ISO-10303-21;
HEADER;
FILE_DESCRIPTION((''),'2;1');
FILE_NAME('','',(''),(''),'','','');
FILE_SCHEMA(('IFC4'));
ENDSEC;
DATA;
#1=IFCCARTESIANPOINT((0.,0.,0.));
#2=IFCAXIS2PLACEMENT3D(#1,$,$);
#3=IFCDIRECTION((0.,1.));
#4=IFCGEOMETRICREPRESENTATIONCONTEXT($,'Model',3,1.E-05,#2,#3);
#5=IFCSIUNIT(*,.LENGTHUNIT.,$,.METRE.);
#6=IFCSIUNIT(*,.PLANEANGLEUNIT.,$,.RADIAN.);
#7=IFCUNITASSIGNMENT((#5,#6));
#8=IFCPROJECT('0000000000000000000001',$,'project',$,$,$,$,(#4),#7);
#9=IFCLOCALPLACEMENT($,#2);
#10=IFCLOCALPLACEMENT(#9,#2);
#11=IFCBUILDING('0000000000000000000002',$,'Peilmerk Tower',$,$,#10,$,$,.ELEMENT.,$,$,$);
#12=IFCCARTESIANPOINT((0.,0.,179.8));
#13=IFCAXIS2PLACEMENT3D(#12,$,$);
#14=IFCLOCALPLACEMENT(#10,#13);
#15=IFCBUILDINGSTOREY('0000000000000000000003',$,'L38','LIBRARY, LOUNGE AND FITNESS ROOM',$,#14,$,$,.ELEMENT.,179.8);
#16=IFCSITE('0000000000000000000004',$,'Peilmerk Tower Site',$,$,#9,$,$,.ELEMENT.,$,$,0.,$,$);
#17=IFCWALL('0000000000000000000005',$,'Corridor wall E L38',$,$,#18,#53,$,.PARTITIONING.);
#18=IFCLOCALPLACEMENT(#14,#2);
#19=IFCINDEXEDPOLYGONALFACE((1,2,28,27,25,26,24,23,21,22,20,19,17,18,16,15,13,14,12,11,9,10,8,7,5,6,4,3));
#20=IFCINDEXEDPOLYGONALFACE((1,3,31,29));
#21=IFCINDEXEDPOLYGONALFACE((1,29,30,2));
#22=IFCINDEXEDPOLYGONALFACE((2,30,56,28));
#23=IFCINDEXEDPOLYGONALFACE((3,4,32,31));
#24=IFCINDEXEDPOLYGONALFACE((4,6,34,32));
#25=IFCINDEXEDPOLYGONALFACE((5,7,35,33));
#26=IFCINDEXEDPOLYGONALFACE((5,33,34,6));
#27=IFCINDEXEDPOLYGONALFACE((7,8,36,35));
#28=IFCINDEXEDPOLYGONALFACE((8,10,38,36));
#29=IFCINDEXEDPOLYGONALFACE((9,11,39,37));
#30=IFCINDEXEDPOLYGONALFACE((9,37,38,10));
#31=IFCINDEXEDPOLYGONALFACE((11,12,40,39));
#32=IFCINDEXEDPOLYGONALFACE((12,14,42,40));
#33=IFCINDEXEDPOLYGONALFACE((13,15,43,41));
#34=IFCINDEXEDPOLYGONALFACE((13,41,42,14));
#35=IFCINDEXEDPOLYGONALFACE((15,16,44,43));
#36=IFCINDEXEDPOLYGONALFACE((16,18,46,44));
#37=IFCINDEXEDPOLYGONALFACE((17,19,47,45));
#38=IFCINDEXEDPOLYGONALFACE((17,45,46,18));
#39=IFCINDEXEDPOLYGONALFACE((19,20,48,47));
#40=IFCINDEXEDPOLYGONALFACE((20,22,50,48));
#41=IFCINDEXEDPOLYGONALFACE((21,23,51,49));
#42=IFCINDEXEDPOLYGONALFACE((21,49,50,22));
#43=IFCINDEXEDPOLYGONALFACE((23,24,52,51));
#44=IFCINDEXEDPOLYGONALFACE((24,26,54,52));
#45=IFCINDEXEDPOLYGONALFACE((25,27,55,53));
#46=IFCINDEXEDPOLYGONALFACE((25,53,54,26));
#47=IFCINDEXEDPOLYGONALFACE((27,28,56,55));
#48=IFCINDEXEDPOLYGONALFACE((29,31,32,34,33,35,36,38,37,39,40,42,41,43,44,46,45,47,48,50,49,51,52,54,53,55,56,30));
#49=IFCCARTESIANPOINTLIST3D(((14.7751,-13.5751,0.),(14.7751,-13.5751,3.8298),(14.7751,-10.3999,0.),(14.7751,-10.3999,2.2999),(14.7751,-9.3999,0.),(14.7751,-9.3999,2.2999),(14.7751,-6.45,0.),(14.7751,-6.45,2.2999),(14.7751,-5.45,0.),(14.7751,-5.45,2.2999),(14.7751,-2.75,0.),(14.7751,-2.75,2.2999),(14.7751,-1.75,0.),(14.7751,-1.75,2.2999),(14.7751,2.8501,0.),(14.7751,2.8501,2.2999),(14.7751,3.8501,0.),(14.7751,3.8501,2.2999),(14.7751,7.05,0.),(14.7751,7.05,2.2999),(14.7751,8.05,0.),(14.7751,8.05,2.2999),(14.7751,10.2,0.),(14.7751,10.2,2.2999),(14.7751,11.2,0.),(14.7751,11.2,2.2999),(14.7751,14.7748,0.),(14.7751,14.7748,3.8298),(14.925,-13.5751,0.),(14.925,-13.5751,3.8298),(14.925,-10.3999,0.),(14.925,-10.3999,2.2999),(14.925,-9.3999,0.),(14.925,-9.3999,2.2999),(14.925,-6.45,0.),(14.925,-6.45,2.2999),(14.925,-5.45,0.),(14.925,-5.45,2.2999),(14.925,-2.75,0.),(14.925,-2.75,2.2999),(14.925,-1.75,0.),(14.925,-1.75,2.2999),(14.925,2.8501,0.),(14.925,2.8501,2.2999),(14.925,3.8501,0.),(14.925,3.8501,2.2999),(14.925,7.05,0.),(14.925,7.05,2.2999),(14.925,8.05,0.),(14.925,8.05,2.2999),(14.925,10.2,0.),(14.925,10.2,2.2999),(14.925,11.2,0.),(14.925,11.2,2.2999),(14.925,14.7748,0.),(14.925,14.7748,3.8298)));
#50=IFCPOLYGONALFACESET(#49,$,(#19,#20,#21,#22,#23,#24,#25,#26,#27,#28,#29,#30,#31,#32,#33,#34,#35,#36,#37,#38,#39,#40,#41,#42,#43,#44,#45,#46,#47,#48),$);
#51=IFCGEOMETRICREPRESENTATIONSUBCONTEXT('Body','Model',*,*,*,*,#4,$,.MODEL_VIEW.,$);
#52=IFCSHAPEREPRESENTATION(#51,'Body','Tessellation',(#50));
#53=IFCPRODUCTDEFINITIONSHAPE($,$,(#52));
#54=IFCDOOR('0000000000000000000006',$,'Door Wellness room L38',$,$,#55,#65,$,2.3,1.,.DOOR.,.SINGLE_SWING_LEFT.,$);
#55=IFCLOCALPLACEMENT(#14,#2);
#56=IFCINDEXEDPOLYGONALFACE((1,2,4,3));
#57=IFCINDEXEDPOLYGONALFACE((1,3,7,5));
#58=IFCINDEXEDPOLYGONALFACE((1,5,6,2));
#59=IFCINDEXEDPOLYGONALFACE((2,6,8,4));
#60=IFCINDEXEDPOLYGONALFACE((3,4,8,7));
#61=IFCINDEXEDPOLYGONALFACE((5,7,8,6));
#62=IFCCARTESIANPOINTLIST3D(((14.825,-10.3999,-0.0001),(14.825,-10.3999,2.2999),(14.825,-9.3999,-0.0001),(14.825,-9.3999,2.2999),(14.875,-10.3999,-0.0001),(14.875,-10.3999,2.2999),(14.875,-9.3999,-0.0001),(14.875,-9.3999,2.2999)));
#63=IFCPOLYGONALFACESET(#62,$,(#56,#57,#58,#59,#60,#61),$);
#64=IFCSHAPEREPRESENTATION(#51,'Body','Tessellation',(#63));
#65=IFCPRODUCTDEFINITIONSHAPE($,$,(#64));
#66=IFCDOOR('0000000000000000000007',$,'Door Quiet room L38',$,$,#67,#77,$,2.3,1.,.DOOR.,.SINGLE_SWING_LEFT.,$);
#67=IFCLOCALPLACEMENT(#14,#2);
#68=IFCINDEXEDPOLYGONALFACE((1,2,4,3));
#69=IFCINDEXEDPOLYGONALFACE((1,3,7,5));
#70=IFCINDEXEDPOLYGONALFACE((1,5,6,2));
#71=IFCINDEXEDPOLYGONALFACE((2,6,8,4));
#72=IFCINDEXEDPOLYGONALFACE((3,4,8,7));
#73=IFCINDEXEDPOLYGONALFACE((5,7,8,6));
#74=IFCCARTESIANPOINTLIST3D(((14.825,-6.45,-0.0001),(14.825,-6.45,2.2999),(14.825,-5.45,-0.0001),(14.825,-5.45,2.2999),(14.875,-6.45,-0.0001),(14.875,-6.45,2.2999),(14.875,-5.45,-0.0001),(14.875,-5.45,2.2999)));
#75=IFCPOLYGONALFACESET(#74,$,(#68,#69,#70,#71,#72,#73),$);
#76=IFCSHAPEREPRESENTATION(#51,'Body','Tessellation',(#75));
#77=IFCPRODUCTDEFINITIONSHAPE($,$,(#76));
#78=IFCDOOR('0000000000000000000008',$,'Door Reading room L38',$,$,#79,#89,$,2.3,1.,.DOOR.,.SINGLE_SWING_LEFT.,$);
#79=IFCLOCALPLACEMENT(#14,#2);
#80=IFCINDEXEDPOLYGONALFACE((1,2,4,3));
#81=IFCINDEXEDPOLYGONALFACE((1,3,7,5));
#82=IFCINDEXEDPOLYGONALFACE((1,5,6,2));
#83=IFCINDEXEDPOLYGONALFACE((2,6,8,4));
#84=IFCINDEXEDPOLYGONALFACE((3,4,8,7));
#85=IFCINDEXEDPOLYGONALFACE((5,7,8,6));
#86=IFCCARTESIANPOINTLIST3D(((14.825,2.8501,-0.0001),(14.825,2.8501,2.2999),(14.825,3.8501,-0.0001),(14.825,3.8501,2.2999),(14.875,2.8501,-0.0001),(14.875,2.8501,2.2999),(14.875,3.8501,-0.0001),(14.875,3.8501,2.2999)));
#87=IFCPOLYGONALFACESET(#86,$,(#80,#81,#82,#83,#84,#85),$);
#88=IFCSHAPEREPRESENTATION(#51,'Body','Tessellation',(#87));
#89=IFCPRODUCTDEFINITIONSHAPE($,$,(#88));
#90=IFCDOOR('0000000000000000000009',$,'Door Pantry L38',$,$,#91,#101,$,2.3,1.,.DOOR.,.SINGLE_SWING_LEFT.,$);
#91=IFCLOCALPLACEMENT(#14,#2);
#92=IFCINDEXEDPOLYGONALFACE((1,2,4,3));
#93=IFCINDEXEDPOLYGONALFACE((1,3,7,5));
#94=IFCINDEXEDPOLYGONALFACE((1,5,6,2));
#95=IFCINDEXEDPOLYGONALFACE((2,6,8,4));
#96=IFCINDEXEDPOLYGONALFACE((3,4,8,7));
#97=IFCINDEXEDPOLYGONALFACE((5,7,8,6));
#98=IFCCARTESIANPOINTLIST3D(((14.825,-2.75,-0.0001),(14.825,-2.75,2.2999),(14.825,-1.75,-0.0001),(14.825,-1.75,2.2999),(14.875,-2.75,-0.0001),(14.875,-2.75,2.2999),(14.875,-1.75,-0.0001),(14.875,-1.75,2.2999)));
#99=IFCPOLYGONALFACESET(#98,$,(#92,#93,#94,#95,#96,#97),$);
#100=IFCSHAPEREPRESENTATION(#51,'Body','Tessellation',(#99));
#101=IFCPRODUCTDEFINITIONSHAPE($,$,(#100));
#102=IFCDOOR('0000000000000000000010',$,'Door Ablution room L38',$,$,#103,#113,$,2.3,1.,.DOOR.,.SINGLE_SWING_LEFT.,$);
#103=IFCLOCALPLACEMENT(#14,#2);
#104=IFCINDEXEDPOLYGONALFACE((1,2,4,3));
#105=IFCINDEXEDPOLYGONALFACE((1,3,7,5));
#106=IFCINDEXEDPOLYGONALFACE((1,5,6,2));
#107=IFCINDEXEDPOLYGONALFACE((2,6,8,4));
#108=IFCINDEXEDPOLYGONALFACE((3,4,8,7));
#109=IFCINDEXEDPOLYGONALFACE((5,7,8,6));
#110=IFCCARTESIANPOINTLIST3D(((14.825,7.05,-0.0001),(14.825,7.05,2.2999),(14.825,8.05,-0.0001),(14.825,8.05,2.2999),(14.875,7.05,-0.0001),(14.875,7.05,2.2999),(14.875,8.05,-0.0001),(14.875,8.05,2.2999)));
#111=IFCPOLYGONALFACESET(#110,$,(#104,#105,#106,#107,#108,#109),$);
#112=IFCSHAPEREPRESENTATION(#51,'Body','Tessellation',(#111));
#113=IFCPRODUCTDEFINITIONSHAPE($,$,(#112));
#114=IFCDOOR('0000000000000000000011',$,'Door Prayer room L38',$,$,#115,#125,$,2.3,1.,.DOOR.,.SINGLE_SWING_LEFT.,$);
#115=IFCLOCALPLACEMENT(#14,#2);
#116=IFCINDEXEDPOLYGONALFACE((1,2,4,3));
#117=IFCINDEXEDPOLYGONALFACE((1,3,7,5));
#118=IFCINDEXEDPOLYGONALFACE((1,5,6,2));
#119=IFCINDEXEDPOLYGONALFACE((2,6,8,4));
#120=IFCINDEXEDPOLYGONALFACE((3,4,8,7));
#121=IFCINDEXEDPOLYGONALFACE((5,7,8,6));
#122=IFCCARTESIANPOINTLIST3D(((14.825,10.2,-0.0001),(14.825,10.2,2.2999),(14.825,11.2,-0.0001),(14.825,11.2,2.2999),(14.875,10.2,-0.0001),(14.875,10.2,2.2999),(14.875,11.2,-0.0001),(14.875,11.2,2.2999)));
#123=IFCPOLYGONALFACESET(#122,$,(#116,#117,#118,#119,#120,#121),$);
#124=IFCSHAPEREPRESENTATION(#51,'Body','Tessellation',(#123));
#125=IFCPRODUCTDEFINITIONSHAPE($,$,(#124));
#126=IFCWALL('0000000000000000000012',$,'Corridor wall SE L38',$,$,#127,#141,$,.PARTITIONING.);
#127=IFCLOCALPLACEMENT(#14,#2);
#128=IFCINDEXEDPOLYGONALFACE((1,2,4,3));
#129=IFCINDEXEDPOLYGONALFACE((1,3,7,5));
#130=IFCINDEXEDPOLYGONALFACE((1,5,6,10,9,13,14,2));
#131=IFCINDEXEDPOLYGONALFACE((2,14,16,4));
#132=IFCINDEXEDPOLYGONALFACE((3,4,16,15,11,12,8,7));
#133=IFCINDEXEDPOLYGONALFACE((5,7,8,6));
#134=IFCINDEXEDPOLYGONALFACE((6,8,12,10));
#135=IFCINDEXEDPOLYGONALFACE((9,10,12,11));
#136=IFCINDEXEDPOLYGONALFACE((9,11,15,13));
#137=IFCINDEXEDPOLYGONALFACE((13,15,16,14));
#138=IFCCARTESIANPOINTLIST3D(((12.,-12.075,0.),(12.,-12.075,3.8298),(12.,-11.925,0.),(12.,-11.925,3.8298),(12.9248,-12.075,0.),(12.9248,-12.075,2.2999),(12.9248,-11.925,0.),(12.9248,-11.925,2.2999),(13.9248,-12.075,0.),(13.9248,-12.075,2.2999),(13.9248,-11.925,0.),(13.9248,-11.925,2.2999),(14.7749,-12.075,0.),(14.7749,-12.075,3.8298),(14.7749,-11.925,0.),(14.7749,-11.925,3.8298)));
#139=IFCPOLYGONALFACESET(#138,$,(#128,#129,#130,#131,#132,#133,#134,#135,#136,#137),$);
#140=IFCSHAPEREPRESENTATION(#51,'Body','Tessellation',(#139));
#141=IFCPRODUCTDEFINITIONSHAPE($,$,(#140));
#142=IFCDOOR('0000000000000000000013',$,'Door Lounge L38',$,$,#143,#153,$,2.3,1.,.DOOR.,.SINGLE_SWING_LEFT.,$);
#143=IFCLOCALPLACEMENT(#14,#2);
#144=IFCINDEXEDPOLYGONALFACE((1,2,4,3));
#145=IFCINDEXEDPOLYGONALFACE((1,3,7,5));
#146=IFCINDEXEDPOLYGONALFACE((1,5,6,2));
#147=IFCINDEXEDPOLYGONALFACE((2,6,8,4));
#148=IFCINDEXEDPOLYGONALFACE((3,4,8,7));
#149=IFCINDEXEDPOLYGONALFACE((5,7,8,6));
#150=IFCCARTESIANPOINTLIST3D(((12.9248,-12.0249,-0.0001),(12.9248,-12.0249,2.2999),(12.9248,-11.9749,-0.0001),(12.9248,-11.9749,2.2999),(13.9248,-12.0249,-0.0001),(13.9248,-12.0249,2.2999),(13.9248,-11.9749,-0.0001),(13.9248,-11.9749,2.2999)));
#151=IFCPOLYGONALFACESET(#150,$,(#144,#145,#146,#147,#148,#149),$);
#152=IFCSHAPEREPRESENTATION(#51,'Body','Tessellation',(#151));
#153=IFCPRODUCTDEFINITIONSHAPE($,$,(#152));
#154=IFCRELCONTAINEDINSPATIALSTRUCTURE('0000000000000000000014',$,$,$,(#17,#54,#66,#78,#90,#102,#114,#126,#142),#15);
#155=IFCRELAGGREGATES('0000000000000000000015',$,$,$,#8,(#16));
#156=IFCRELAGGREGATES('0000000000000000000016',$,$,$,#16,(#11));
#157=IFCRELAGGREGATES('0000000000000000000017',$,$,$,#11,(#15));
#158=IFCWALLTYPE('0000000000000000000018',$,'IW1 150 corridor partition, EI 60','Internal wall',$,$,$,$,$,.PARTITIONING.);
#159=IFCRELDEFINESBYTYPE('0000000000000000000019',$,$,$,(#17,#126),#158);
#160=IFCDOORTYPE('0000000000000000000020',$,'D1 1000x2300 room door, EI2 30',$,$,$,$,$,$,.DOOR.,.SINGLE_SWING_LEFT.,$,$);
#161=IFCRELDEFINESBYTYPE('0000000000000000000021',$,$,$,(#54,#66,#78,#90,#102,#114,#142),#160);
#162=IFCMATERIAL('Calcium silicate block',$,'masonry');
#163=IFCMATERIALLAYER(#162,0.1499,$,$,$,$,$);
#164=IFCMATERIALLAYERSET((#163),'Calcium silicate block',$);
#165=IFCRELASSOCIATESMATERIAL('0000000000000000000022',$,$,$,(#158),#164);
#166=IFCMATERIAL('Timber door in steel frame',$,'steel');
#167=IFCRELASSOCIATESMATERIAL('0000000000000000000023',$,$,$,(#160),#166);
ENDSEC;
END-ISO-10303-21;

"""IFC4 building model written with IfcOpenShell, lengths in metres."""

from ifc_helpers import new_model, si_unit, direction, frame, frame_2d, origin, place, context, subcontext, project, spatial, rectangle, extrude, material, layer, layer_set, type_object, element, fill, save


model = new_model("IFC4")

# Units and contexts
model_context = context("Model", 3, precision=1e-05, world=origin(), true_north=direction((0.0, 1.0)))
body_context = subcontext(model_context, "Body", "Model", "MODEL_VIEW")
ifc_project = project(units=[si_unit("LENGTHUNIT", "METRE"), si_unit("PLANEANGLEUNIT", "RADIAN")], contexts=[model_context])

# Site, building, storey
site_placement = place(None, origin())
site = spatial("IfcSite", under=ifc_project, at=site_placement, Name="Peilmerk Tower Site", CompositionType="ELEMENT", RefElevation=0.0)
building_placement = place(site_placement, origin())
building = spatial("IfcBuilding", under=site, at=building_placement, Name="Peilmerk Tower", CompositionType="ELEMENT")
storey_placement = place(building_placement, frame((0.0, 0.0, 179.8)))
storey = spatial("IfcBuildingStorey", under=building, at=storey_placement, Name="L38", Description="LIBRARY, LOUNGE AND FITNESS ROOM", CompositionType="ELEMENT", Elevation=179.8)

# Wall, openings, doors
ifc_material_1 = material(Name="Calcium silicate block", Category="masonry")
ifc_layer_1 = layer(ifc_material_1, 0.1499)
ifc_layer_set_1 = layer_set([ifc_layer_1], Name="Calcium silicate block")
wall_type_1 = type_object("IfcWallType", Name="IW1 150 corridor partition, EI 60", Description="Internal wall", PredefinedType="PARTITIONING", material=ifc_layer_set_1)
wall_1_placement = place(storey_placement, frame((14.8501, -13.575, 0.0), z_axis=(0.0, 0.0, 1.0), x_axis=(0.0, 1.0, 0.0)))
wall_1 = element("IfcWall", 1, at=wall_1_placement, inside=storey, type_object=wall_type_1, Name="Corridor wall E L38", PredefinedType="PARTITIONING", context=body_context, shape_type="SweptSolid", body=[
    extrude(rectangle(XDim=28.3499, YDim=0.1499, at=frame_2d((14.1748, 0.0))), origin(), (0.0, 0.0, 1.0), 3.8298),
])
opening_1_placement = place(wall_1_placement, frame((3.175, 0.0, 0.0)))
opening_1 = element("IfcOpeningElement", 2, at=opening_1_placement, cuts=wall_1, PredefinedType="OPENING", context=body_context, shape_type="SweptSolid", body=[
    extrude(rectangle(XDim=1.0, YDim=2.3, at=frame_2d((0.5, 1.1499))), frame((0.0, 0.085, 0.0), z_axis=(0.0, -1.0, 0.0), x_axis=(1.0, 0.0, 0.0)), (0.0, 0.0, 1.0), 0.1699),
])
opening_2_placement = place(wall_1_placement, frame((7.125, 0.0, 0.0)))
opening_2 = element("IfcOpeningElement", 3, at=opening_2_placement, cuts=wall_1, PredefinedType="OPENING", context=body_context, shape_type="SweptSolid", body=[
    extrude(rectangle(XDim=1.0, YDim=2.3, at=frame_2d((0.5, 1.1499))), frame((0.0, 0.085, 0.0), z_axis=(0.0, -1.0, 0.0), x_axis=(1.0, 0.0, 0.0)), (0.0, 0.0, 1.0), 0.1699),
])
opening_3_placement = place(wall_1_placement, frame((16.425, 0.0, 0.0)))
opening_3 = element("IfcOpeningElement", 4, at=opening_3_placement, cuts=wall_1, PredefinedType="OPENING", context=body_context, shape_type="SweptSolid", body=[
    extrude(rectangle(XDim=1.0, YDim=2.3, at=frame_2d((0.5, 1.1499))), frame((0.0, 0.085, 0.0), z_axis=(0.0, -1.0, 0.0), x_axis=(1.0, 0.0, 0.0)), (0.0, 0.0, 1.0), 0.1699),
])
opening_4_placement = place(wall_1_placement, frame((10.825, 0.0, 0.0)))
opening_4 = element("IfcOpeningElement", 5, at=opening_4_placement, cuts=wall_1, PredefinedType="OPENING", context=body_context, shape_type="SweptSolid", body=[
    extrude(rectangle(XDim=1.0, YDim=2.3, at=frame_2d((0.5, 1.1499))), frame((0.0, 0.085, 0.0), z_axis=(0.0, -1.0, 0.0), x_axis=(1.0, 0.0, 0.0)), (0.0, 0.0, 1.0), 0.1699),
])
opening_5_placement = place(wall_1_placement, frame((20.625, 0.0, 0.0)))
opening_5 = element("IfcOpeningElement", 6, at=opening_5_placement, cuts=wall_1, PredefinedType="OPENING", context=body_context, shape_type="SweptSolid", body=[
    extrude(rectangle(XDim=1.0, YDim=2.3, at=frame_2d((0.5, 1.1499))), frame((0.0, 0.085, 0.0), z_axis=(0.0, -1.0, 0.0), x_axis=(1.0, 0.0, 0.0)), (0.0, 0.0, 1.0), 0.1699),
])
opening_6_placement = place(wall_1_placement, frame((23.7749, 0.0, 0.0)))
opening_6 = element("IfcOpeningElement", 7, at=opening_6_placement, cuts=wall_1, PredefinedType="OPENING", context=body_context, shape_type="SweptSolid", body=[
    extrude(rectangle(XDim=1.0, YDim=2.3, at=frame_2d((0.5, 1.1499))), frame((0.0, 0.085, 0.0), z_axis=(0.0, -1.0, 0.0), x_axis=(1.0, 0.0, 0.0)), (0.0, 0.0, 1.0), 0.1699),
])
ifc_material_2 = material(Name="Timber door in steel frame", Category="steel")
door_type = type_object("IfcDoorType", Name="D1 1000x2300 room door, EI2 30", OperationType="SINGLE_SWING_LEFT", PredefinedType="DOOR", material=ifc_material_2)
door_1_placement = place(opening_1_placement, frame((1.0, 0.0, 0.0), z_axis=(0.0, 0.0, 1.0), x_axis=(-1.0, 0.0, 0.0)))
door_1 = element("IfcDoor", 8, at=door_1_placement, inside=storey, type_object=door_type, Name="Door Wellness room L38", OperationType="SINGLE_SWING_LEFT", OverallHeight=2.3, OverallWidth=1.0, PredefinedType="DOOR", context=body_context, shape_type="SweptSolid", body=[
    extrude(rectangle(XDim=1.0, YDim=2.3, at=frame_2d((0.5, 1.1499))), frame((0.0, 0.0249, 0.0), z_axis=(0.0, -1.0, 0.0), x_axis=(1.0, 0.0, 0.0)), (0.0, 0.0, 1.0), 0.05),
])
fill(opening_1, door_1)
door_2_placement = place(opening_2_placement, frame((1.0, 0.0, 0.0), z_axis=(0.0, 0.0, 1.0), x_axis=(-1.0, 0.0, 0.0)))
door_2 = element("IfcDoor", 9, at=door_2_placement, inside=storey, type_object=door_type, Name="Door Quiet room L38", OperationType="SINGLE_SWING_LEFT", OverallHeight=2.3, OverallWidth=1.0, PredefinedType="DOOR", context=body_context, shape_type="SweptSolid", body=[
    extrude(rectangle(XDim=1.0, YDim=2.3, at=frame_2d((0.5, 1.1499))), frame((0.0, 0.0249, 0.0), z_axis=(0.0, -1.0, 0.0), x_axis=(1.0, 0.0, 0.0)), (0.0, 0.0, 1.0), 0.05),
])
fill(opening_2, door_2)
door_3_placement = place(opening_3_placement, frame((1.0, 0.0, 0.0), z_axis=(0.0, 0.0, 1.0), x_axis=(-1.0, 0.0, 0.0)))
door_3 = element("IfcDoor", 10, at=door_3_placement, inside=storey, type_object=door_type, Name="Door Reading room L38", OperationType="SINGLE_SWING_LEFT", OverallHeight=2.3, OverallWidth=1.0, PredefinedType="DOOR", context=body_context, shape_type="SweptSolid", body=[
    extrude(rectangle(XDim=1.0, YDim=2.3, at=frame_2d((0.5, 1.1499))), frame((0.0, 0.0249, 0.0), z_axis=(0.0, -1.0, 0.0), x_axis=(1.0, 0.0, 0.0)), (0.0, 0.0, 1.0), 0.05),
])
fill(opening_3, door_3)
door_4_placement = place(opening_4_placement, frame((1.0, 0.0, 0.0), z_axis=(0.0, 0.0, 1.0), x_axis=(-1.0, 0.0, 0.0)))
door_4 = element("IfcDoor", 11, at=door_4_placement, inside=storey, type_object=door_type, Name="Door Pantry L38", OperationType="SINGLE_SWING_LEFT", OverallHeight=2.3, OverallWidth=1.0, PredefinedType="DOOR", context=body_context, shape_type="SweptSolid", body=[
    extrude(rectangle(XDim=1.0, YDim=2.3, at=frame_2d((0.5, 1.1499))), frame((0.0, 0.0249, 0.0), z_axis=(0.0, -1.0, 0.0), x_axis=(1.0, 0.0, 0.0)), (0.0, 0.0, 1.0), 0.05),
])
fill(opening_4, door_4)
door_5_placement = place(opening_5_placement, frame((1.0, 0.0, 0.0), z_axis=(0.0, 0.0, 1.0), x_axis=(-1.0, 0.0, 0.0)))
door_5 = element("IfcDoor", 12, at=door_5_placement, inside=storey, type_object=door_type, Name="Door Ablution room L38", OperationType="SINGLE_SWING_LEFT", OverallHeight=2.3, OverallWidth=1.0, PredefinedType="DOOR", context=body_context, shape_type="SweptSolid", body=[
    extrude(rectangle(XDim=1.0, YDim=2.3, at=frame_2d((0.5, 1.1499))), frame((0.0, 0.0249, 0.0), z_axis=(0.0, -1.0, 0.0), x_axis=(1.0, 0.0, 0.0)), (0.0, 0.0, 1.0), 0.05),
])
fill(opening_5, door_5)
door_6_placement = place(opening_6_placement, frame((1.0, 0.0, 0.0), z_axis=(0.0, 0.0, 1.0), x_axis=(-1.0, 0.0, 0.0)))
door_6 = element("IfcDoor", 13, at=door_6_placement, inside=storey, type_object=door_type, Name="Door Prayer room L38", OperationType="SINGLE_SWING_LEFT", OverallHeight=2.3, OverallWidth=1.0, PredefinedType="DOOR", context=body_context, shape_type="SweptSolid", body=[
    extrude(rectangle(XDim=1.0, YDim=2.3, at=frame_2d((0.5, 1.1499))), frame((0.0, 0.0249, 0.0), z_axis=(0.0, -1.0, 0.0), x_axis=(1.0, 0.0, 0.0)), (0.0, 0.0, 1.0), 0.05),
])
fill(opening_6, door_6)

# Wall, opening, door
wall_2_placement = place(storey_placement, frame((14.7749, -12.0, 0.0), z_axis=(0.0, 0.0, 1.0), x_axis=(-1.0, 0.0, 0.0)))
wall_2 = element("IfcWall", 14, at=wall_2_placement, inside=storey, type_object=wall_type_1, Name="Corridor wall SE L38", PredefinedType="PARTITIONING", context=body_context, shape_type="SweptSolid", body=[
    extrude(rectangle(XDim=2.7749, YDim=0.1499, at=frame_2d((1.3875, 0.0))), origin(), (0.0, 0.0, 1.0), 3.8298),
])
opening_7_placement = place(wall_2_placement, frame((0.8501, 0.0, 0.0)))
opening_7 = element("IfcOpeningElement", 15, at=opening_7_placement, cuts=wall_2, PredefinedType="OPENING", context=body_context, shape_type="SweptSolid", body=[
    extrude(rectangle(XDim=1.0, YDim=2.3, at=frame_2d((0.5, 1.1499))), frame((0.0, 0.085, 0.0), z_axis=(0.0, -1.0, 0.0), x_axis=(1.0, 0.0, 0.0)), (0.0, 0.0, 1.0), 0.1699),
])
door_7_placement = place(opening_7_placement, origin())
door_7 = element("IfcDoor", 16, at=door_7_placement, inside=storey, type_object=door_type, Name="Door Lounge L38", OperationType="SINGLE_SWING_LEFT", OverallHeight=2.3, OverallWidth=1.0, PredefinedType="DOOR", context=body_context, shape_type="SweptSolid", body=[
    extrude(rectangle(XDim=1.0, YDim=2.3, at=frame_2d((0.5, 1.1499))), frame((0.0, 0.0249, 0.0), z_axis=(0.0, -1.0, 0.0), x_axis=(1.0, 0.0, 0.0)), (0.0, 0.0, 1.0), 0.05),
])
fill(opening_7, door_7)

save(model, "model.ifc")
